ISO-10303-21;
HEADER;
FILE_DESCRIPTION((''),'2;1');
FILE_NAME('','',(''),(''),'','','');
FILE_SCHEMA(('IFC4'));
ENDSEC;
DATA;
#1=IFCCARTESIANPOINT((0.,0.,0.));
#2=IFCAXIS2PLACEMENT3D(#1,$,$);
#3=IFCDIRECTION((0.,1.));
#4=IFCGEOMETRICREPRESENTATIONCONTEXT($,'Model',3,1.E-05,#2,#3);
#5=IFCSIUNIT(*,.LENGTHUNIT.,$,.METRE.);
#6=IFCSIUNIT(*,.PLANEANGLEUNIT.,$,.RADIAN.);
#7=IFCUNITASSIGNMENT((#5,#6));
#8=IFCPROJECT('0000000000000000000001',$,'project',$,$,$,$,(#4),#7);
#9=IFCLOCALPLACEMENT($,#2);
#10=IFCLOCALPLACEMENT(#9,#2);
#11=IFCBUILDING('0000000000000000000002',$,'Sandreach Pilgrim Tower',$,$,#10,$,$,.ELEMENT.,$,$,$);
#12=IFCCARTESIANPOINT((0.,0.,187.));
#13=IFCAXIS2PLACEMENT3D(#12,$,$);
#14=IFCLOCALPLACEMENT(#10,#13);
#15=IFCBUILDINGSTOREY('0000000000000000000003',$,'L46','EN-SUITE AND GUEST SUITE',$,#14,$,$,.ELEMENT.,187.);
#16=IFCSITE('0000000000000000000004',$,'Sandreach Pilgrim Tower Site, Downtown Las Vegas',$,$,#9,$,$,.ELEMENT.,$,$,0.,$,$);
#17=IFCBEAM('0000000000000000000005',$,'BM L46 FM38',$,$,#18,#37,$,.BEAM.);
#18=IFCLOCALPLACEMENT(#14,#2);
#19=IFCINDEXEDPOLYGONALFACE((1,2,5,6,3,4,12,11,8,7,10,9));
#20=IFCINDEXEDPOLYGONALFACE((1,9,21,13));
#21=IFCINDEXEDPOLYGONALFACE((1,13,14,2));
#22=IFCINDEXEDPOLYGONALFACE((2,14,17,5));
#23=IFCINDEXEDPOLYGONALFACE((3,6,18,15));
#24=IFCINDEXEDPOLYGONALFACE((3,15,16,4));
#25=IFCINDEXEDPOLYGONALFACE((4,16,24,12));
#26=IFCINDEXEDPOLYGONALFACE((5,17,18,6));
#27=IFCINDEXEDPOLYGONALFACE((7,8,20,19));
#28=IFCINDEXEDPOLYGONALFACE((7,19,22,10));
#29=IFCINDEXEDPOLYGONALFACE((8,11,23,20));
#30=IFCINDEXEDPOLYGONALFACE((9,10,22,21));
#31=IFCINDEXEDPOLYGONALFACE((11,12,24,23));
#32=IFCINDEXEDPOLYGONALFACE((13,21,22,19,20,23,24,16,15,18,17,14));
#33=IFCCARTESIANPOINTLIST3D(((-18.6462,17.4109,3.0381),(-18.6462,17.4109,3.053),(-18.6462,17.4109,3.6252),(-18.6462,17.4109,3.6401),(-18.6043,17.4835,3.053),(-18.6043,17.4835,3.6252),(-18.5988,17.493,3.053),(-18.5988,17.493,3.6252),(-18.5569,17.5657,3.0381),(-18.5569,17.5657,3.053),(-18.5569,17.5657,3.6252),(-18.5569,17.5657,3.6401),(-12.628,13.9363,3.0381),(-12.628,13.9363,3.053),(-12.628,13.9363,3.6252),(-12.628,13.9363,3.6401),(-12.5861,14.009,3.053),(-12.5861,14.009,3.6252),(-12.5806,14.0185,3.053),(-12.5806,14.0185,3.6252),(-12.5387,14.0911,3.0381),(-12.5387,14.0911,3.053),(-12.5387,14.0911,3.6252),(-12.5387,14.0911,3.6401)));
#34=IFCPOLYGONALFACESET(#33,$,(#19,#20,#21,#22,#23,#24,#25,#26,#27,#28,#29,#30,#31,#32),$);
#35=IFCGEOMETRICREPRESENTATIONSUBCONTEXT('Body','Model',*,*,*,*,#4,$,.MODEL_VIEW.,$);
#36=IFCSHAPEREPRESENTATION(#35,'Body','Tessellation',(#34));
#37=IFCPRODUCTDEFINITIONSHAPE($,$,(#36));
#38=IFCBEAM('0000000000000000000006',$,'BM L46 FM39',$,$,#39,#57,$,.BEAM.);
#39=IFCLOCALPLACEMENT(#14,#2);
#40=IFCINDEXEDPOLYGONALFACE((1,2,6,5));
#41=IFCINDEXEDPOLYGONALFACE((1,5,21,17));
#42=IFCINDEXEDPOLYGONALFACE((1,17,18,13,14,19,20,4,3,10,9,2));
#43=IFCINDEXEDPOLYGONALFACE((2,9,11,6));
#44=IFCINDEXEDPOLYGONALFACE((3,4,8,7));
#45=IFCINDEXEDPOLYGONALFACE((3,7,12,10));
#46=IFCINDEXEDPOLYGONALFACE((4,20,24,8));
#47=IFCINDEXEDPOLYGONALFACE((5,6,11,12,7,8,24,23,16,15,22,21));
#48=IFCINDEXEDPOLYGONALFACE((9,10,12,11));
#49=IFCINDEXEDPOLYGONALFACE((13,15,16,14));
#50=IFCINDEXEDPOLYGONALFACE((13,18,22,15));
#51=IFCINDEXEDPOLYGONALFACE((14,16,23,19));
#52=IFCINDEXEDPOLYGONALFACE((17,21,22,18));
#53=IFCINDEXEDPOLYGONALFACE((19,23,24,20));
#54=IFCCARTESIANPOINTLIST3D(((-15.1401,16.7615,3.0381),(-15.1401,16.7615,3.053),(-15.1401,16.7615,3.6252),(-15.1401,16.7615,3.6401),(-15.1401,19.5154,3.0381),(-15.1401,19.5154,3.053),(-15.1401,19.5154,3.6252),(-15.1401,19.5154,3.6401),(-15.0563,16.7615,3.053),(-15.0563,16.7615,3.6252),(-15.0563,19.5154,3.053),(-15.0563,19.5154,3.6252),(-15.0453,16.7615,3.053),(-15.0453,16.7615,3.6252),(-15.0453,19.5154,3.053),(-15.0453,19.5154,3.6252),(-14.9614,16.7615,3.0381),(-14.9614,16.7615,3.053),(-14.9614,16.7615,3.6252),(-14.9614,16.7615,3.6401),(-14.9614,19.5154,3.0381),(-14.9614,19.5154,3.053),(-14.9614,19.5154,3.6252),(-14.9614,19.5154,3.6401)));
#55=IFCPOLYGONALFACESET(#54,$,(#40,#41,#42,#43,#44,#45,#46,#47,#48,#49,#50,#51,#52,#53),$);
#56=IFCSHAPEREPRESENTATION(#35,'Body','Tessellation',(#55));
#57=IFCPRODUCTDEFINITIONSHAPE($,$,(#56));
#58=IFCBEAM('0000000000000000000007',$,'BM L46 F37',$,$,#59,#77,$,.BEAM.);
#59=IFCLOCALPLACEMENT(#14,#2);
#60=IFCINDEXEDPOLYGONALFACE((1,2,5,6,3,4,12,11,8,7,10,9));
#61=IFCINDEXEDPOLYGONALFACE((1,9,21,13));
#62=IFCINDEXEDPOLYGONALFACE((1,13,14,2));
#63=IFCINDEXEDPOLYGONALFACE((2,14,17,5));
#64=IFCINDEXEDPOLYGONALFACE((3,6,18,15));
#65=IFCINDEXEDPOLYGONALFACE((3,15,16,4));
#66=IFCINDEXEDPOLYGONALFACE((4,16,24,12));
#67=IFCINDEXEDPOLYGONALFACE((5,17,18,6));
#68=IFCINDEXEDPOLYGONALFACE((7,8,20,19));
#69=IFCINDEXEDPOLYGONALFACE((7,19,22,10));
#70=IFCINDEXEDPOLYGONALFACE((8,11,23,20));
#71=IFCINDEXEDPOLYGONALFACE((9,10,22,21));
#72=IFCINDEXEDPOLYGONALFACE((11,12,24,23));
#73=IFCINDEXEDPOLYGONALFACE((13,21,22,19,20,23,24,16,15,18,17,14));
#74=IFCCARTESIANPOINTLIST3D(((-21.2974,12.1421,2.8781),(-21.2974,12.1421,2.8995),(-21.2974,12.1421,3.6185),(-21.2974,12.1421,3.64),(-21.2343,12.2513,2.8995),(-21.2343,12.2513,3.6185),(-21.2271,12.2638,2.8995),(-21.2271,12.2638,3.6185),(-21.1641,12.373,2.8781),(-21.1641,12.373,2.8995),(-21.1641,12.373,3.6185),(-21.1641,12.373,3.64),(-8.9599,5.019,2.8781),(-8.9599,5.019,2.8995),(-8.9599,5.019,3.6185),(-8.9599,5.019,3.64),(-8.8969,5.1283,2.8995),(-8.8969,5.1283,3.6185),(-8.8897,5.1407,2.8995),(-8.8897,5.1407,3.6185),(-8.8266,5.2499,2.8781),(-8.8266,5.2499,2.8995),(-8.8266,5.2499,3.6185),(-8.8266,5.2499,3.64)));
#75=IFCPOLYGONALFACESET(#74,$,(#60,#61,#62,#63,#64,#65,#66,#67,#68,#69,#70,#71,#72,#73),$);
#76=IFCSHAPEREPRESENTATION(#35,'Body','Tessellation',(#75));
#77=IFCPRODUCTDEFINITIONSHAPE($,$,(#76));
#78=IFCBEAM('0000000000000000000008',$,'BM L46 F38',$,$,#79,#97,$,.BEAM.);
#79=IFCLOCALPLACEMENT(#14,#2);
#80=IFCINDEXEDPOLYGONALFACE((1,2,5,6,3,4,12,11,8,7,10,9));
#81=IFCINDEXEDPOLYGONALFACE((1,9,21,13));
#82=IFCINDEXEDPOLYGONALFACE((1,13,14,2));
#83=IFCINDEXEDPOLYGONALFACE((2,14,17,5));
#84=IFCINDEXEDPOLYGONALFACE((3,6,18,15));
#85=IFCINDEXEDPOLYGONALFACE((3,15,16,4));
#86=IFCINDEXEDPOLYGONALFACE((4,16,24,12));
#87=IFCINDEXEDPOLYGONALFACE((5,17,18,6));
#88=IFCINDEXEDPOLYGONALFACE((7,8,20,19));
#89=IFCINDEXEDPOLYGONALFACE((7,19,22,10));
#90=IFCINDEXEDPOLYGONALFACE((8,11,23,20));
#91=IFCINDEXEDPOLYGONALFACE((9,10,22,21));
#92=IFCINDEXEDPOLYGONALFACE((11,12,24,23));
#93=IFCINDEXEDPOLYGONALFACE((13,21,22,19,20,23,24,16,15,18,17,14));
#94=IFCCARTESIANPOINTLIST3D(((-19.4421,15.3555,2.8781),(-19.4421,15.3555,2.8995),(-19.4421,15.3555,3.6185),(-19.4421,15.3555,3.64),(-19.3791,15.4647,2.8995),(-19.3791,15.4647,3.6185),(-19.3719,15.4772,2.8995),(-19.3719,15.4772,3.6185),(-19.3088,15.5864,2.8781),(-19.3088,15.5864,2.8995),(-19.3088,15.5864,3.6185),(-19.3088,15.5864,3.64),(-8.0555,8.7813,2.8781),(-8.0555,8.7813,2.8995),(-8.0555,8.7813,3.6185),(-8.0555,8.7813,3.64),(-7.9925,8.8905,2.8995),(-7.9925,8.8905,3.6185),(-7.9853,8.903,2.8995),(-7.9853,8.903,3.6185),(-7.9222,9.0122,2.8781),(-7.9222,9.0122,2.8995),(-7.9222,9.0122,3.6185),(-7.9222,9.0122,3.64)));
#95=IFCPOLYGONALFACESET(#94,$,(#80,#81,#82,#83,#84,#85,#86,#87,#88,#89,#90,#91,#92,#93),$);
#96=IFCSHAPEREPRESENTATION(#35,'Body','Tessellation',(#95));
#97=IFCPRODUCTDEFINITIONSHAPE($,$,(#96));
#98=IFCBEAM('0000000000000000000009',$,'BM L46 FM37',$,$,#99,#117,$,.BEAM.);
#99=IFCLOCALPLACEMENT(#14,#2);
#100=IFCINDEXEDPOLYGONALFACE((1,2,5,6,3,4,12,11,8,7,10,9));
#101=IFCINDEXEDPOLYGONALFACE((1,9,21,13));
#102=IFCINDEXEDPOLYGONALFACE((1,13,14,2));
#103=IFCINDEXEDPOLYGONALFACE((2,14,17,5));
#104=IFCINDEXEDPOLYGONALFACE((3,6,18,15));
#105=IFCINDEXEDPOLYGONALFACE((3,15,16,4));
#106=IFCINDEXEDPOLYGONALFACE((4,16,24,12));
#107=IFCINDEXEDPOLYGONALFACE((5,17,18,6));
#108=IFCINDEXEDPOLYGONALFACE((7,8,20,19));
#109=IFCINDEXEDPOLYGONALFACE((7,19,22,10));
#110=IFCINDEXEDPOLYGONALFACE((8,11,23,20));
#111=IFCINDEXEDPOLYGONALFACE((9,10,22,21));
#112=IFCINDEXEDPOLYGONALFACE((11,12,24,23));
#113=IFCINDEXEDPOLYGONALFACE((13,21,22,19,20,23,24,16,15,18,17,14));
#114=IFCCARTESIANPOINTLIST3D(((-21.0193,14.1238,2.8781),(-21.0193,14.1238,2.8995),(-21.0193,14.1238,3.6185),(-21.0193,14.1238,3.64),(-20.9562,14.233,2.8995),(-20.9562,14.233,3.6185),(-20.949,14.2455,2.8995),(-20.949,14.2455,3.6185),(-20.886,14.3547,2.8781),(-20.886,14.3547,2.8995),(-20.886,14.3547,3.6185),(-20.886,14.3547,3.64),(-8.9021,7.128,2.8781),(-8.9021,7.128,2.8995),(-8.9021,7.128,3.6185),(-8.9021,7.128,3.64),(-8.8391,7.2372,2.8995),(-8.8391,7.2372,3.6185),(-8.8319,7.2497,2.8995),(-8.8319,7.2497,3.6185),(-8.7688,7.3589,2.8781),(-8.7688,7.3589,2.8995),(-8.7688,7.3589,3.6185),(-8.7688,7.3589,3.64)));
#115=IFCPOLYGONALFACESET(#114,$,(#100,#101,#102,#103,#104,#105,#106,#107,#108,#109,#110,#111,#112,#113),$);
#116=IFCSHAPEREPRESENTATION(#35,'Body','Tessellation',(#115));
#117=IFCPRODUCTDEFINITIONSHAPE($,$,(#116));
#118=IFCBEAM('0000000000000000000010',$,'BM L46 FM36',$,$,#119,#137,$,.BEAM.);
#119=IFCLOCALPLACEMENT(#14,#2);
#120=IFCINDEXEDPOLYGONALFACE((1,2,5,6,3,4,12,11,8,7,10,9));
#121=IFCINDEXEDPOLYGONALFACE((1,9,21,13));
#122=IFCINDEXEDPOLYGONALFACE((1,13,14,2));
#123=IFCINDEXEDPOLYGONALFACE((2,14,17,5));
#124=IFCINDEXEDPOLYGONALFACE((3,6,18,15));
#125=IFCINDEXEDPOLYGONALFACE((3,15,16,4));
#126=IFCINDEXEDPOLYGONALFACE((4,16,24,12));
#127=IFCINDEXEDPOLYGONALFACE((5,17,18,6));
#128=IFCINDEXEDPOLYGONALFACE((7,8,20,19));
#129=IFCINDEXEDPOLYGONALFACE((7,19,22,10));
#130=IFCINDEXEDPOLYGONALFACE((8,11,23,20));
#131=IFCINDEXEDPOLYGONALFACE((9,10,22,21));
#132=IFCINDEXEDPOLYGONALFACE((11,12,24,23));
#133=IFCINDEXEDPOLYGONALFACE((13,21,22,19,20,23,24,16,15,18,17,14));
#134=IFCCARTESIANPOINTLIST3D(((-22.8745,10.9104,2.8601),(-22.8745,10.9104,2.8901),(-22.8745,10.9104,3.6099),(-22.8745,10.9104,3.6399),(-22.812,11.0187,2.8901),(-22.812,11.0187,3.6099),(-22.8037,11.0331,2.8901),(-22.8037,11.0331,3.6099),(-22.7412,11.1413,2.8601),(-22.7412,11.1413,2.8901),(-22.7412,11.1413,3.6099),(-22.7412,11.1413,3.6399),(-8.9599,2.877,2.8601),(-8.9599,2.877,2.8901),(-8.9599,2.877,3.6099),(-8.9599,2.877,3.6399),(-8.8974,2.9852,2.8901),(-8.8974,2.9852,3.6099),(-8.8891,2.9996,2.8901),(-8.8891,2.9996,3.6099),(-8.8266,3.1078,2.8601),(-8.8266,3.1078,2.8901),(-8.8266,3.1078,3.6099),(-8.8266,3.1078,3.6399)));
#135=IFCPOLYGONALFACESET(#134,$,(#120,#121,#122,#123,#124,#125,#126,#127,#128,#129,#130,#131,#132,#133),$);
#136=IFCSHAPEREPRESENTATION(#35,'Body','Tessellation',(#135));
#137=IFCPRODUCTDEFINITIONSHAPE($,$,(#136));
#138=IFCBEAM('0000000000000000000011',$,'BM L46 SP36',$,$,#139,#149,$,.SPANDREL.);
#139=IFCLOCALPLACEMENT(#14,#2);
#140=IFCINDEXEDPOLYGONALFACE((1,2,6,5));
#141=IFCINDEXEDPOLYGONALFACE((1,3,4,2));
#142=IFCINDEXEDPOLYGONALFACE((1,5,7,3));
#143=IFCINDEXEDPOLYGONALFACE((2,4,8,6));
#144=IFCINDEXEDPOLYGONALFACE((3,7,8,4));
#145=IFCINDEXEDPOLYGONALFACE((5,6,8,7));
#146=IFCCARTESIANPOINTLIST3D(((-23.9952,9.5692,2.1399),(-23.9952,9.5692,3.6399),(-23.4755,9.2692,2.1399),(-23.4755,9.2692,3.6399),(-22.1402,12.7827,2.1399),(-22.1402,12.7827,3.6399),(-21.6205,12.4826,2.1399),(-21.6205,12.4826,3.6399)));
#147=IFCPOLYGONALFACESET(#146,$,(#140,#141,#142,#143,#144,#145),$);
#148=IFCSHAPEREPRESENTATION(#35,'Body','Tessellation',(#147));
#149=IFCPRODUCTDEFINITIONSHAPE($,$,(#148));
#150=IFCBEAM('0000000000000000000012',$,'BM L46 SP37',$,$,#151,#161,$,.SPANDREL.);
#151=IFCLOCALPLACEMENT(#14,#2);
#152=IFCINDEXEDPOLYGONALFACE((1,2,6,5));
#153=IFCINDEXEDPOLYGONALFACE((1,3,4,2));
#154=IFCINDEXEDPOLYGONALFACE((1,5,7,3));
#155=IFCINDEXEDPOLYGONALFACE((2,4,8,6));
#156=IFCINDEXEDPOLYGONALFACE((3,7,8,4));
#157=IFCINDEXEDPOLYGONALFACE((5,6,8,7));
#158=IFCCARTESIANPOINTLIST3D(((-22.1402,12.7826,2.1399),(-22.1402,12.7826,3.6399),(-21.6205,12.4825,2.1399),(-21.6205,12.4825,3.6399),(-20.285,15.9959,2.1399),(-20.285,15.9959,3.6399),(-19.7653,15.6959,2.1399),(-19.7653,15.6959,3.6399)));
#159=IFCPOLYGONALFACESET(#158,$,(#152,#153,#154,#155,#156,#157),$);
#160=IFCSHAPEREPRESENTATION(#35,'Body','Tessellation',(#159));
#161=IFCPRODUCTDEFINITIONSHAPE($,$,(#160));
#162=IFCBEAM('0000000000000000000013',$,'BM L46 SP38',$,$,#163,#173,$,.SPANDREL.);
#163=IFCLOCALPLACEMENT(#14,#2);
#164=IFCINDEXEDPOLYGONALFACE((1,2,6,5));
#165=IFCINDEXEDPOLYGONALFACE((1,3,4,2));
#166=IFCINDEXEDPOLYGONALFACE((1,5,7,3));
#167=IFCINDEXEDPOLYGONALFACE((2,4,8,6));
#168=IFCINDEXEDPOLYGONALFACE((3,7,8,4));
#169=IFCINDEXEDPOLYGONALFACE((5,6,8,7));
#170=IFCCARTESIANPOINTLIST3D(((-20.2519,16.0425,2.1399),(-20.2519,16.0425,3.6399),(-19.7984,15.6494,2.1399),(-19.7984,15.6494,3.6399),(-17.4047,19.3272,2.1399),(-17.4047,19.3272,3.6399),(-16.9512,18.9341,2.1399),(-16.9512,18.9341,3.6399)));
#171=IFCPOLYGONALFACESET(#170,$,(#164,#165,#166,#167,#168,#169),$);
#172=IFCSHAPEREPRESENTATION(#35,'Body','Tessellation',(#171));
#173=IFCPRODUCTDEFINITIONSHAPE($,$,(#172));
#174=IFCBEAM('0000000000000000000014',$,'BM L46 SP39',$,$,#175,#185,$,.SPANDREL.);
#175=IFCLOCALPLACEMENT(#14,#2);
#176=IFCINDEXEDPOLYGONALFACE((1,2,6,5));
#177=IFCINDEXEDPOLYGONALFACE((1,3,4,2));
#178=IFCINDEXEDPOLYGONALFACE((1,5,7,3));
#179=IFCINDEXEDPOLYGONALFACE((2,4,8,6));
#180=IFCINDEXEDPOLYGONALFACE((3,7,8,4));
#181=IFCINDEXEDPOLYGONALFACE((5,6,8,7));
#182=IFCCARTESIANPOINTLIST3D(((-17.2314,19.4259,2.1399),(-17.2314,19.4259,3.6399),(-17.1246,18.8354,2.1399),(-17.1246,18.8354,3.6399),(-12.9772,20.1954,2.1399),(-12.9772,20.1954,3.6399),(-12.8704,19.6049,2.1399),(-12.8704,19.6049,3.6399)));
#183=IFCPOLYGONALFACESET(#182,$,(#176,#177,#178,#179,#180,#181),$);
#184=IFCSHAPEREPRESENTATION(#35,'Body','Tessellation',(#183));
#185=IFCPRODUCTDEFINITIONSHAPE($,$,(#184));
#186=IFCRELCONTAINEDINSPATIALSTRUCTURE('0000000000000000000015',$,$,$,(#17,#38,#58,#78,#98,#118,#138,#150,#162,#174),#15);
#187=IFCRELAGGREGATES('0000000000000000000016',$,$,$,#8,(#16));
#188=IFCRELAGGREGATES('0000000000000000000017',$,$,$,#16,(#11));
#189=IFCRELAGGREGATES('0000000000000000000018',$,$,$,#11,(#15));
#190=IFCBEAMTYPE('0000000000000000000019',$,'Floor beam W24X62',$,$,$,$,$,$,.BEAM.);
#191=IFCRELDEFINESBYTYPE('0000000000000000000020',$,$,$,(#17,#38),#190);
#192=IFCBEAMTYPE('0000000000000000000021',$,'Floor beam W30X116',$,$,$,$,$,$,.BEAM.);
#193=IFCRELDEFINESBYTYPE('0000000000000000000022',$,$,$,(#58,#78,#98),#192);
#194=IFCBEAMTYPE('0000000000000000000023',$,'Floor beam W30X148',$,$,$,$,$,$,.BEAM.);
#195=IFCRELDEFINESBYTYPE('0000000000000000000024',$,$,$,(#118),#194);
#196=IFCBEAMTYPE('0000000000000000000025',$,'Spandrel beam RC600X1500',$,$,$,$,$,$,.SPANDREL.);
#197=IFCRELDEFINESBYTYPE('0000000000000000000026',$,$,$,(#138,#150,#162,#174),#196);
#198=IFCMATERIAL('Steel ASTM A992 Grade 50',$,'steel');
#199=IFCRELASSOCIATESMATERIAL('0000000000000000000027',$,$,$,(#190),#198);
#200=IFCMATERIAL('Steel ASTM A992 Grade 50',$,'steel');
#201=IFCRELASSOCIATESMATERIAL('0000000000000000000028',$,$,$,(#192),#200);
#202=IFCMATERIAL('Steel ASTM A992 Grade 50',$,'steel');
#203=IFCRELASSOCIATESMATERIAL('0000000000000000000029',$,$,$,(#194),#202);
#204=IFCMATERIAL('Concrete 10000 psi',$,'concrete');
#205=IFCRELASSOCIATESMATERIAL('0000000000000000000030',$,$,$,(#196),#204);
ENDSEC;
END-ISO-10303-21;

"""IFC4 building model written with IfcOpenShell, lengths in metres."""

from ifc_helpers import new_model, si_unit, direction, frame, origin, origin_2d, place, context, subcontext, project, spatial, rectangle, i_section, extrude, material, material_profile, profile_set, type_object, element, save


model = new_model("IFC4")

# Units and contexts
model_context = context("Model", 3, precision=1e-05, world=origin(), true_north=direction((0.0, 1.0)))
body_context = subcontext(model_context, "Body", "Model", "MODEL_VIEW")
ifc_project = project(units=[si_unit("LENGTHUNIT", "METRE"), si_unit("PLANEANGLEUNIT", "RADIAN")], contexts=[model_context])

# Site, building, storey
site_placement = place(None, origin())
site = spatial("IfcSite", under=ifc_project, at=site_placement, Name="Sandreach Pilgrim Tower Site, Downtown Las Vegas", CompositionType="ELEMENT", RefElevation=0.0)
building_placement = place(site_placement, origin())
building = spatial("IfcBuilding", under=site, at=building_placement, Name="Sandreach Pilgrim Tower", CompositionType="ELEMENT")
storey_placement = place(building_placement, frame((0.0, 0.0, 187.0)))
storey = spatial("IfcBuildingStorey", under=building, at=storey_placement, Name="L46", Description="EN-SUITE AND GUEST SUITE", CompositionType="ELEMENT", Elevation=187.0)

# Beams
ifc_material_1 = material(Name="Steel ASTM A992 Grade 50", Category="steel")
ifc_material_profile_1 = material_profile(ifc_material_1, i_section(OverallWidth=0.1787, OverallDepth=0.6021, WebThickness=0.011, FlangeThickness=0.0149, at=origin_2d()), Name="W24X62")
ifc_profile_set_1 = profile_set([ifc_material_profile_1], Name="Steel ASTM A992 Grade 50")
beam_type_1 = type_object("IfcBeamType", Name="Floor beam W24X62", PredefinedType="BEAM", material=ifc_profile_set_1)
beam_1_placement = place(storey_placement, frame((-18.6016, 17.4883, 3.3391), z_axis=(0.866029, -0.499993, 0.0), x_axis=(0.499993, 0.866029, 0.0)))
element("IfcBeam", 1, at=beam_1_placement, inside=storey, type_object=beam_type_1, Name="BM L46 FM38", PredefinedType="BEAM", context=body_context, shape_type="SweptSolid", body=[
    extrude(i_section(OverallWidth=0.1787, OverallDepth=0.6021, WebThickness=0.011, FlangeThickness=0.0149, at=origin_2d()), origin(), (0.0, 0.0, 1.0), 6.9492),
])
beam_2_placement = place(storey_placement, frame((-15.0508, 19.5154, 3.3391), z_axis=(0.0, -1.0, 0.0), x_axis=(1.0, 0.0, 0.0)))
element("IfcBeam", 2, at=beam_2_placement, inside=storey, type_object=beam_type_1, Name="BM L46 FM39", PredefinedType="BEAM", context=body_context, shape_type="SweptSolid", body=[
    extrude(i_section(OverallWidth=0.1787, OverallDepth=0.6021, WebThickness=0.011, FlangeThickness=0.0149, at=origin_2d()), origin(), (0.0, 0.0, 1.0), 2.7539),
])
ifc_material_2 = material(Name="Steel ASTM A992 Grade 50", Category="steel")
ifc_material_profile_2 = material_profile(ifc_material_2, i_section(OverallWidth=0.2666, OverallDepth=0.762, WebThickness=0.0144, FlangeThickness=0.0215, at=origin_2d()), Name="W30X116")
ifc_profile_set_2 = profile_set([ifc_material_profile_2], Name="Steel ASTM A992 Grade 50")
beam_type_2 = type_object("IfcBeamType", Name="Floor beam W30X116", PredefinedType="BEAM", material=ifc_profile_set_2)
beam_3_placement = place(storey_placement, frame((-21.2307, 12.2576, 3.259), z_axis=(0.866024, -0.500002, 0.0), x_axis=(0.500002, 0.866024, 0.0)))
element("IfcBeam", 3, at=beam_3_placement, inside=storey, type_object=beam_type_2, Name="BM L46 F37", PredefinedType="BEAM", context=body_context, shape_type="SweptSolid", body=[
    extrude(i_section(OverallWidth=0.2666, OverallDepth=0.762, WebThickness=0.0144, FlangeThickness=0.0215, at=origin_2d()), origin(), (0.0, 0.0, 1.0), 14.2461),
])
beam_4_placement = place(storey_placement, frame((-19.3755, 15.4709, 3.259), z_axis=(0.866022, -0.500005, 0.0), x_axis=(0.500005, 0.866022, 0.0)))
element("IfcBeam", 4, at=beam_4_placement, inside=storey, type_object=beam_type_2, Name="BM L46 F38", PredefinedType="BEAM", context=body_context, shape_type="SweptSolid", body=[
    extrude(i_section(OverallWidth=0.2666, OverallDepth=0.762, WebThickness=0.0144, FlangeThickness=0.0215, at=origin_2d()), origin(), (0.0, 0.0, 1.0), 13.1482),
])
beam_5_placement = place(storey_placement, frame((-20.9526, 14.2393, 3.259), z_axis=(0.866026, -0.499999, 0.0), x_axis=(0.499999, 0.866026, 0.0)))
element("IfcBeam", 5, at=beam_5_placement, inside=storey, type_object=beam_type_2, Name="BM L46 FM37", PredefinedType="BEAM", context=body_context, shape_type="SweptSolid", body=[
    extrude(i_section(OverallWidth=0.2666, OverallDepth=0.762, WebThickness=0.0144, FlangeThickness=0.0215, at=origin_2d()), origin(), (0.0, 0.0, 1.0), 13.9917),
])
ifc_material_3 = material(Name="Steel ASTM A992 Grade 50", Category="steel")
ifc_material_profile_3 = material_profile(ifc_material_3, i_section(OverallWidth=0.2666, OverallDepth=0.7798, WebThickness=0.0166, FlangeThickness=0.03, at=origin_2d()), Name="W30X148")
ifc_profile_set_3 = profile_set([ifc_material_profile_3], Name="Steel ASTM A992 Grade 50")
beam_type_3 = type_object("IfcBeamType", Name="Floor beam W30X148", PredefinedType="BEAM", material=ifc_profile_set_3)
beam_6_placement = place(storey_placement, frame((-22.8079, 11.0259, 3.25), z_axis=(0.866029, -0.499994, 0.0), x_axis=(0.499994, 0.866029, 0.0)))
element("IfcBeam", 6, at=beam_6_placement, inside=storey, type_object=beam_type_3, Name="BM L46 FM36", PredefinedType="BEAM", context=body_context, shape_type="SweptSolid", body=[
    extrude(i_section(OverallWidth=0.2666, OverallDepth=0.7798, WebThickness=0.0166, FlangeThickness=0.03, at=origin_2d()), origin(), (0.0, 0.0, 1.0), 16.0671),
])
ifc_material_4 = material(Name="Concrete 10000 psi", Category="concrete")
ifc_material_profile_4 = material_profile(ifc_material_4, rectangle(XDim=0.6001, YDim=1.5, at=origin_2d()), Name="RC600X1500")
ifc_profile_set_4 = profile_set([ifc_material_profile_4], Name="Concrete 10000 psi")
beam_type_4 = type_object("IfcBeamType", Name="Spandrel beam RC600X1500", PredefinedType="SPANDREL", material=ifc_profile_set_4)
for number, where, z_axis, x_axis, name in (
    (7, (-23.7354, 9.4192, 2.8899), (0.499946, 0.866056, 0.0), (-0.866056, 0.499946, 0.0), "BM L46 SP36"),
    (8, (-21.8804, 12.6326, 2.8899), (0.499996, 0.866028, 0.0), (-0.866028, 0.499996, 0.0), "BM L46 SP37"),
):
    element("IfcBeam", number, at=place(storey_placement, frame(where, z_axis=z_axis, x_axis=x_axis)), inside=storey, type_object=beam_type_4, Name=name, PredefinedType="SPANDREL", context=body_context, shape_type="SweptSolid", body=[
        extrude(rectangle(XDim=0.6001, YDim=1.5, at=origin_2d()), origin(), (0.0, 0.0, 1.0), 3.7104),
    ])
beam_7_placement = place(storey_placement, frame((-20.0251, 15.8459, 2.8899), z_axis=(0.65499, 0.755637, 0.0), x_axis=(-0.755637, 0.65499, 0.0)))
element("IfcBeam", 9, at=beam_7_placement, inside=storey, type_object=beam_type_4, Name="BM L46 SP38", PredefinedType="SPANDREL", context=body_context, shape_type="SweptSolid", body=[
    extrude(rectangle(XDim=0.6001, YDim=1.5, at=origin_2d()), origin(), (0.0, 0.0, 1.0), 4.3469),
])
beam_8_placement = place(storey_placement, frame((-17.178, 19.1306, 2.8899), z_axis=(0.98403, 0.178001, 0.0), x_axis=(-0.178001, 0.98403, 0.0)))
element("IfcBeam", 10, at=beam_8_placement, inside=storey, type_object=beam_type_4, Name="BM L46 SP39", PredefinedType="SPANDREL", context=body_context, shape_type="SweptSolid", body=[
    extrude(rectangle(XDim=0.6001, YDim=1.5, at=origin_2d()), origin(), (0.0, 0.0, 1.0), 4.3232),
])

save(model, "model.ifc")
